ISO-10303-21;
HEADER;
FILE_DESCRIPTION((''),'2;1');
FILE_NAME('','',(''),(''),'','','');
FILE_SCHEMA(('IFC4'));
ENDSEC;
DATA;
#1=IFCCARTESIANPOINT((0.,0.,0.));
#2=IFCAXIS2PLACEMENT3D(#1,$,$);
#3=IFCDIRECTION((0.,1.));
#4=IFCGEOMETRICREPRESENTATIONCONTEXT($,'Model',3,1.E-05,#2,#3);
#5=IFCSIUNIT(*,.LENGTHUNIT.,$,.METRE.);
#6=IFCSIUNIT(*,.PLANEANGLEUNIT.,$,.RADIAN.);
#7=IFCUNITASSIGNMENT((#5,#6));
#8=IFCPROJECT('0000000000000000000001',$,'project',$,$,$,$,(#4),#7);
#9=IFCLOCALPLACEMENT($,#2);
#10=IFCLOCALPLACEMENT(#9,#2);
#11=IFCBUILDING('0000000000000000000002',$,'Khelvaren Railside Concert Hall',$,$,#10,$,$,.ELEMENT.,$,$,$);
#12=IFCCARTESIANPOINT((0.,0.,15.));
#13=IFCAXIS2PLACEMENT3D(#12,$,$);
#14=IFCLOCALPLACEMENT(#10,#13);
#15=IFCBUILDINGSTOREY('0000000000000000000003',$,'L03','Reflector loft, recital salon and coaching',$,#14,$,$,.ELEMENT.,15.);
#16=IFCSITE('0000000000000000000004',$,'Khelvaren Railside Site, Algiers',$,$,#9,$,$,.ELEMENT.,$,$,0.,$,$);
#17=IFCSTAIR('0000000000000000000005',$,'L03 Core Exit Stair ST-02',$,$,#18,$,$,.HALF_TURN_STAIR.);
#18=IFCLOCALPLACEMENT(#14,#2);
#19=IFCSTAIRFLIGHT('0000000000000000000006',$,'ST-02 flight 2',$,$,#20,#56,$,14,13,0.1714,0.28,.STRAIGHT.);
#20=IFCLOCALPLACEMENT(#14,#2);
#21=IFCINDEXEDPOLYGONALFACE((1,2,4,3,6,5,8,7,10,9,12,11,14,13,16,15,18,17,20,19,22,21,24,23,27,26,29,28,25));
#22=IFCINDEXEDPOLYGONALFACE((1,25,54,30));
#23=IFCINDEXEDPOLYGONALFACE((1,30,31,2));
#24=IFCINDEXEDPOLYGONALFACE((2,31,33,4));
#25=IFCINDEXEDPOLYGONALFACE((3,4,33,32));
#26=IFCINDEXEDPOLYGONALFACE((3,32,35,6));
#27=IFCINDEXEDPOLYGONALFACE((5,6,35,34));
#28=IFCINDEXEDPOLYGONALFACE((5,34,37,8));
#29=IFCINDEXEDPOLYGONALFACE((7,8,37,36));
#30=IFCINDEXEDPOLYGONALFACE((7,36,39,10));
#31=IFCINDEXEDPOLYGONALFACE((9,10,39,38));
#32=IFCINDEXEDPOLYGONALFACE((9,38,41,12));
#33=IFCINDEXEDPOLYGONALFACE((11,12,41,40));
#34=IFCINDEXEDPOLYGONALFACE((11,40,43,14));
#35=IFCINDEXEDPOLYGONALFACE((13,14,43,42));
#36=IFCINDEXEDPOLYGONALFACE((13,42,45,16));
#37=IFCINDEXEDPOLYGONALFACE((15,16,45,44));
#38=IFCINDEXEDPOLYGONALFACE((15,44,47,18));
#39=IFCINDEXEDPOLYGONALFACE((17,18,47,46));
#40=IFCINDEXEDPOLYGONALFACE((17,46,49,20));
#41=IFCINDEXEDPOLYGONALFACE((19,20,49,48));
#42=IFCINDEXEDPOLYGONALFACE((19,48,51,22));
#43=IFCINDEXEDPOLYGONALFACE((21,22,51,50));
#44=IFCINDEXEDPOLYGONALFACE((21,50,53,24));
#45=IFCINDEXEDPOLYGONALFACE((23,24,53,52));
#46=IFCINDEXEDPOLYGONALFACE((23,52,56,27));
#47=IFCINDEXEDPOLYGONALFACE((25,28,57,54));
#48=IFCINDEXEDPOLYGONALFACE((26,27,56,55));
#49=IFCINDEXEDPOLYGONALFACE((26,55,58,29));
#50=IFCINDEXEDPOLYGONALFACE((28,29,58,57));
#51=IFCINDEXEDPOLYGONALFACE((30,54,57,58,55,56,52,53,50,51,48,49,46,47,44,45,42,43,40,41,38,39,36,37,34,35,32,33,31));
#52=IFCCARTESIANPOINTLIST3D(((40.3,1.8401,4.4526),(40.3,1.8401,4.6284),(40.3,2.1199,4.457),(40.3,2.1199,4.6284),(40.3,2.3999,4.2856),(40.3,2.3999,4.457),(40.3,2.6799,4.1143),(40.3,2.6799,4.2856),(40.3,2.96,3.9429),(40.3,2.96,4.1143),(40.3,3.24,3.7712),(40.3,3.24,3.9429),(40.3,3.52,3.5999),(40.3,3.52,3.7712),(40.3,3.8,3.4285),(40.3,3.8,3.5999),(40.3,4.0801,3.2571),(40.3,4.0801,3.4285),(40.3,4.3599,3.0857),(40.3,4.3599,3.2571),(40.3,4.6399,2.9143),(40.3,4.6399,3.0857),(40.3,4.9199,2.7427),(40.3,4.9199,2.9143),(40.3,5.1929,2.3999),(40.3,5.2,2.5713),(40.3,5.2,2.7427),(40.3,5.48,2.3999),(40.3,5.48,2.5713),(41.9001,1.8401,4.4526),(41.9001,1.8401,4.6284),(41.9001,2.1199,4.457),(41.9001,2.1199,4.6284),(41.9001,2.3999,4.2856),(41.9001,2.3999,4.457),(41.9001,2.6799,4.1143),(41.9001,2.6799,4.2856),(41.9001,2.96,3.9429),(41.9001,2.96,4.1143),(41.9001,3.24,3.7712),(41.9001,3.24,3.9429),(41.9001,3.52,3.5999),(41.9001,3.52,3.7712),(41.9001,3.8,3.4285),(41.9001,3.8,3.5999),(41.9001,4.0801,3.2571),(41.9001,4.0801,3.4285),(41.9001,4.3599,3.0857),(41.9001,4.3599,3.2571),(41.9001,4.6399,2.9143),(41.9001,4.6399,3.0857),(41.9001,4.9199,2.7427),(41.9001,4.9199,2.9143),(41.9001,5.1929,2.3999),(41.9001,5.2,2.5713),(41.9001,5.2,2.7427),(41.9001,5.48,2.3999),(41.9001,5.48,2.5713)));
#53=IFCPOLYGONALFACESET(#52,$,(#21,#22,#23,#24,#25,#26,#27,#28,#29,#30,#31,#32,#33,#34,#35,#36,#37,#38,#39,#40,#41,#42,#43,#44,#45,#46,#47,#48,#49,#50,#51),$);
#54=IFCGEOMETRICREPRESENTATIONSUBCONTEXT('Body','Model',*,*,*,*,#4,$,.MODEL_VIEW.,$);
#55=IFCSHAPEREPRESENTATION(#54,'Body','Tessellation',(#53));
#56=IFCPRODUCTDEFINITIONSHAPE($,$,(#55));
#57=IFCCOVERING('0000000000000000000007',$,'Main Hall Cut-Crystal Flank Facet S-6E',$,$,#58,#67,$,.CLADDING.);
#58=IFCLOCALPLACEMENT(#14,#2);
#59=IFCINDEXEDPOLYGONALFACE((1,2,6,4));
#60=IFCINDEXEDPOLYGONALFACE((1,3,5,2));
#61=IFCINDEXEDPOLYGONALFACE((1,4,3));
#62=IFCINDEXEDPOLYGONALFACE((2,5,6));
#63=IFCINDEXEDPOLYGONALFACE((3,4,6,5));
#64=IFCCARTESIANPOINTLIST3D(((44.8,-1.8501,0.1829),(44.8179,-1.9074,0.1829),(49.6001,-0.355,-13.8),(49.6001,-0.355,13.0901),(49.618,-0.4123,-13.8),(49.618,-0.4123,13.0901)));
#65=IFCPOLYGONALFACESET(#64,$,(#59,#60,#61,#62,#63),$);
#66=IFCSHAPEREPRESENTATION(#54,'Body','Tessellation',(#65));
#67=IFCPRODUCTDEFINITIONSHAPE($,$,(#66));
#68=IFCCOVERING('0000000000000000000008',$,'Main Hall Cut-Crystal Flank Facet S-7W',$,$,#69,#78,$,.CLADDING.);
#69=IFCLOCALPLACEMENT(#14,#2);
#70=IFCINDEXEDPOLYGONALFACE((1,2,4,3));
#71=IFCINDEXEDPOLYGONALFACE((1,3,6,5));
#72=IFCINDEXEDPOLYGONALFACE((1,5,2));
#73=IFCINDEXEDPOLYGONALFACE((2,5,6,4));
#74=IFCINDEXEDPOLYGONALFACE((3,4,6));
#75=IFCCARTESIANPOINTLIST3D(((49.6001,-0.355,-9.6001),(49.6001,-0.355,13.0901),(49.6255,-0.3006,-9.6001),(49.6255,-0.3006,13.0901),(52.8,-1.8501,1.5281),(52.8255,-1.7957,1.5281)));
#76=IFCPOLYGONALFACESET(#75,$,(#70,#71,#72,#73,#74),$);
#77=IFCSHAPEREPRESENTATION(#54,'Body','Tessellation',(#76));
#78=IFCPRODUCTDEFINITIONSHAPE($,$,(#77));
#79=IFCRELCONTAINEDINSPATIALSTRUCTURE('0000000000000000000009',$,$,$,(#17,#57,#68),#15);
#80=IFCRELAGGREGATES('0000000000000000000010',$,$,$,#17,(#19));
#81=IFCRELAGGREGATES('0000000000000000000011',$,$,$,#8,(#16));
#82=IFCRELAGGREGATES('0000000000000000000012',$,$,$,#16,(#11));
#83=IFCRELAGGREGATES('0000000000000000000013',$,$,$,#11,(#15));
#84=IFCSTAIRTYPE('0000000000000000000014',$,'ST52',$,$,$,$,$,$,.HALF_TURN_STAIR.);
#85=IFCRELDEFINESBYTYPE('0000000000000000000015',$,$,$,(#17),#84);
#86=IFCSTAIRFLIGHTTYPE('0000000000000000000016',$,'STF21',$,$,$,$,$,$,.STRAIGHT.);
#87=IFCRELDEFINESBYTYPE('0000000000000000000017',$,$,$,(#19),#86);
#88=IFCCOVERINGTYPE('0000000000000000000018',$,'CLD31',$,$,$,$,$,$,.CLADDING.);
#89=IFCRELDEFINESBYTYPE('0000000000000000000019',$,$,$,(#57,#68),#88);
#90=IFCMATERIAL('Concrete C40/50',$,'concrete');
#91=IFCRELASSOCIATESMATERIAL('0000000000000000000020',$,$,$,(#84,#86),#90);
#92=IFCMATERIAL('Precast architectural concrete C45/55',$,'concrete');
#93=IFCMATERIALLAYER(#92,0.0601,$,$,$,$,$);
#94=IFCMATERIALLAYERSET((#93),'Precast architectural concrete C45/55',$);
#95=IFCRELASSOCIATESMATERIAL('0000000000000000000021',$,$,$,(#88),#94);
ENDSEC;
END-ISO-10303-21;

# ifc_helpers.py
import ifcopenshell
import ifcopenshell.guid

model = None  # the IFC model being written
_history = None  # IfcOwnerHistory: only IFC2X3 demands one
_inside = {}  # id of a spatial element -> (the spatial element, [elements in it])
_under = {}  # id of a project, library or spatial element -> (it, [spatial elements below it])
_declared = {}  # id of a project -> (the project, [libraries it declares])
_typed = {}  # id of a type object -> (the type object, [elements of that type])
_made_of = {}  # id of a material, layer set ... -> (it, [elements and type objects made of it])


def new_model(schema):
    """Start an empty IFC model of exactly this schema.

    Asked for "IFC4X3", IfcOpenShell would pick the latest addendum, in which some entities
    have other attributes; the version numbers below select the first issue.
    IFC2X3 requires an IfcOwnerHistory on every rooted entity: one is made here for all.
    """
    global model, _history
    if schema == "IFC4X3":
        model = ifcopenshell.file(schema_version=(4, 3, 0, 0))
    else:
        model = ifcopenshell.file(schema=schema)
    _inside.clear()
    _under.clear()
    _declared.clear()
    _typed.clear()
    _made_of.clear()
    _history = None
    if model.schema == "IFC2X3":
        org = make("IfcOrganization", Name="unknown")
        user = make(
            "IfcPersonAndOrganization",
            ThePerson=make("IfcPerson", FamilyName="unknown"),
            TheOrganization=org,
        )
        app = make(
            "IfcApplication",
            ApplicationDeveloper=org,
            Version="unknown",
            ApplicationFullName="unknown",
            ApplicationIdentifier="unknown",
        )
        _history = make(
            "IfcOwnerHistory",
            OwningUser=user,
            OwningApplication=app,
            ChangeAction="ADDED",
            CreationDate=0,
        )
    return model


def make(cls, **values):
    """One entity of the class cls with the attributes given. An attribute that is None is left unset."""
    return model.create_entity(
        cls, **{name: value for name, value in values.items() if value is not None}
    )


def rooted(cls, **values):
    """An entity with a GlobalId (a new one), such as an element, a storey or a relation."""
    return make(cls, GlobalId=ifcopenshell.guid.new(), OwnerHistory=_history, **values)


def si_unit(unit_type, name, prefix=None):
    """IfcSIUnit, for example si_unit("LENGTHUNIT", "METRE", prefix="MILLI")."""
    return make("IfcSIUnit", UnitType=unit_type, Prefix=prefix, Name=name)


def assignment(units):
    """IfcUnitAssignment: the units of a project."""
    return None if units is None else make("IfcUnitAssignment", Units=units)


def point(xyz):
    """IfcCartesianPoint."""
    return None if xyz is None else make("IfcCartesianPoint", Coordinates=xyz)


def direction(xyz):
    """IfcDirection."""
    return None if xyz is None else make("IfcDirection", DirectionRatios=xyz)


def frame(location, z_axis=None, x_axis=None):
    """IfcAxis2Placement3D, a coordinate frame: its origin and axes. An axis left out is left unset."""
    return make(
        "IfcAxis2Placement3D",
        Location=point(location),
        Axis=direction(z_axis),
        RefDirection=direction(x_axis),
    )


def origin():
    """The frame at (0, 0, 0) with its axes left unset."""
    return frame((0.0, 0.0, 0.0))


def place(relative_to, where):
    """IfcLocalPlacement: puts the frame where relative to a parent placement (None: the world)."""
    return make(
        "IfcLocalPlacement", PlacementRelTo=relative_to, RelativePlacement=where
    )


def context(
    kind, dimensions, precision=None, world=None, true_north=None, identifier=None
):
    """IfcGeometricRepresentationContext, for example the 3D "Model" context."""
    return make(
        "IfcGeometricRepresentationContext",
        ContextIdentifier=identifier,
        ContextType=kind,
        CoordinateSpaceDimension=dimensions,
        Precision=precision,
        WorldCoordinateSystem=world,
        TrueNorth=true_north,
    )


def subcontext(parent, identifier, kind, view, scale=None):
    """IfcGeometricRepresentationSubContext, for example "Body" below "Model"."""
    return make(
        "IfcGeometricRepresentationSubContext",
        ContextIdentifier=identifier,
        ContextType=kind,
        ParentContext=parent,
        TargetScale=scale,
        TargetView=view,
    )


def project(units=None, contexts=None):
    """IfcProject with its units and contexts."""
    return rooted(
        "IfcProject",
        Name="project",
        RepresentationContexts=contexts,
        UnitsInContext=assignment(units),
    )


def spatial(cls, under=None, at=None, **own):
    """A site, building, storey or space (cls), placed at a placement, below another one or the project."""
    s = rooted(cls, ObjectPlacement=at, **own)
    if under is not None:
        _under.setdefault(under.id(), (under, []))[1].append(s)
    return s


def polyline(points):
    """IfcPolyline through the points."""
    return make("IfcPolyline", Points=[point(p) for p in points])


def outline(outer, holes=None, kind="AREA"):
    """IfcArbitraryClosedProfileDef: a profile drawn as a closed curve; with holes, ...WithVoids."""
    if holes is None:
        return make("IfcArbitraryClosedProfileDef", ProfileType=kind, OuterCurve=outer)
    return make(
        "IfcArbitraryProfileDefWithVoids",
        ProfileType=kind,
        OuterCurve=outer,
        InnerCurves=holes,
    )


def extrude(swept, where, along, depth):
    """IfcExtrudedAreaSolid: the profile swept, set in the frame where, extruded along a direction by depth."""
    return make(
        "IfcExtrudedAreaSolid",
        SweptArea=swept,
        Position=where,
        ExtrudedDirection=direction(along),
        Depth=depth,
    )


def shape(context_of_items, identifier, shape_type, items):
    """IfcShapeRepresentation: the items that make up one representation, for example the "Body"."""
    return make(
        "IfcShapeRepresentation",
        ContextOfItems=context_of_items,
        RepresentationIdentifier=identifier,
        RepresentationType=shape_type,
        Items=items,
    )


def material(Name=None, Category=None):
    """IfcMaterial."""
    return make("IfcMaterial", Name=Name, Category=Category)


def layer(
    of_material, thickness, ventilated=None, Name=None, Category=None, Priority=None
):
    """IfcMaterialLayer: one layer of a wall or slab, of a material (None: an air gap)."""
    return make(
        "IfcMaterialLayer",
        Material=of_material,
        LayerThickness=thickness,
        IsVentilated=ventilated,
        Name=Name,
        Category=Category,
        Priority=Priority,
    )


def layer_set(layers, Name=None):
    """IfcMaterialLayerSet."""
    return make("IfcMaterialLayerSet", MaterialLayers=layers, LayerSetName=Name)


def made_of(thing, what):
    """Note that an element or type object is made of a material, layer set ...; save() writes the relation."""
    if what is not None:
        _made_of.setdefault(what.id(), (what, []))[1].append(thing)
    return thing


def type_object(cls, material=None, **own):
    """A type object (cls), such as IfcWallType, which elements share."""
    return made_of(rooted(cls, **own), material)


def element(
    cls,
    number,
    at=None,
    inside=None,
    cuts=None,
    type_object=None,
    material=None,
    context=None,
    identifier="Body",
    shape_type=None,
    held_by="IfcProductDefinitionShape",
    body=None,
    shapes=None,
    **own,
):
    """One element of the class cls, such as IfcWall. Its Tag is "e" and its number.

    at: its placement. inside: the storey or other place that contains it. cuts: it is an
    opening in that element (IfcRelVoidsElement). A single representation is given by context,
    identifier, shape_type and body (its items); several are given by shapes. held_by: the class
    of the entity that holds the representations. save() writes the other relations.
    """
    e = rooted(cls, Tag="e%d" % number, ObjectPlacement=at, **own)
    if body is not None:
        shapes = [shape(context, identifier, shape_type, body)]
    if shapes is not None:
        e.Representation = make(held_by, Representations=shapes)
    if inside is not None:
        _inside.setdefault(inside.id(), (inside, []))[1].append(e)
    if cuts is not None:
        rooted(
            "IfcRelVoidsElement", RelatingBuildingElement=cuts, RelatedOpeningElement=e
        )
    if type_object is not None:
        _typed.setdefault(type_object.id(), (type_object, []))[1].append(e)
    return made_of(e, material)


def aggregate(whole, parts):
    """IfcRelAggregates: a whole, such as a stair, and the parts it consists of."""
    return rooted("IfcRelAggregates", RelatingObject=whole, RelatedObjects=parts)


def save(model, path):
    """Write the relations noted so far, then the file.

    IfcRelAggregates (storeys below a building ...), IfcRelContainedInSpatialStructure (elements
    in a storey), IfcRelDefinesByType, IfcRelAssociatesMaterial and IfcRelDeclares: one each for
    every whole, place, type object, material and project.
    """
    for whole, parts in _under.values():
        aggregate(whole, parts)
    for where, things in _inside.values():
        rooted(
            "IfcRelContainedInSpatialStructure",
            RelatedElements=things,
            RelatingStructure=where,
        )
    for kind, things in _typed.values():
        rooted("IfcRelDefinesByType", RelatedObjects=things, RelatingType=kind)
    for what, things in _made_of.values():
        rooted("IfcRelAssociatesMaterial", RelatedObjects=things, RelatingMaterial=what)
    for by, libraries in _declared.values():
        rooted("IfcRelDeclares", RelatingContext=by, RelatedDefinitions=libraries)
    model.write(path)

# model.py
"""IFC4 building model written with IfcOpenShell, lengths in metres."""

from ifc_helpers import new_model, si_unit, direction, frame, origin, place, context, subcontext, project, spatial, polyline, outline, extrude, material, layer, layer_set, type_object, element, aggregate, save


model = new_model("IFC4")

# Units and contexts
model_context = context("Model", 3, precision=1e-05, world=origin(), true_north=direction((0.0, 1.0)))
body_context = subcontext(model_context, "Body", "Model", "MODEL_VIEW")
ifc_project = project(units=[si_unit("LENGTHUNIT", "METRE"), si_unit("PLANEANGLEUNIT", "RADIAN")], contexts=[model_context])

# Site, building, storey
site_placement = place(None, origin())
site = spatial("IfcSite", under=ifc_project, at=site_placement, Name="Khelvaren Railside Site, Algiers", CompositionType="ELEMENT", RefElevation=0.0)
building_placement = place(site_placement, origin())
building = spatial("IfcBuilding", under=site, at=building_placement, Name="Khelvaren Railside Concert Hall", CompositionType="ELEMENT")
storey_placement = place(building_placement, frame((0.0, 0.0, 15.0)))
storey = spatial("IfcBuildingStorey", under=building, at=storey_placement, Name="L03", Description="Reflector loft, recital salon and coaching", CompositionType="ELEMENT", Elevation=15.0)

# Shared definitions
ifc_material_1 = material(Name="Concrete C40/50", Category="concrete")

# Stair, stair flight
stair_type = type_object("IfcStairType", Name="ST52", PredefinedType="HALF_TURN_STAIR", material=ifc_material_1)
stair_placement = place(storey_placement, origin())
stair = element("IfcStair", 1, at=stair_placement, inside=storey, type_object=stair_type, Name="L03 Core Exit Stair ST-02", PredefinedType="HALF_TURN_STAIR")
stair_flight_type = type_object("IfcStairFlightType", Name="STF21", PredefinedType="STRAIGHT", material=ifc_material_1)
stair_flight_1_placement = place(storey_placement, frame((41.1001, 5.48, 2.3999), z_axis=(0.0, 0.0, 1.0), x_axis=(0.0, -1.0, 0.0)))
stair_flight_1 = element("IfcStairFlight", 2, at=stair_flight_1_placement, type_object=stair_flight_type, Name="ST-02 flight 2", NumberOfRisers=14, NumberOfTreads=13, PredefinedType="STRAIGHT", RiserHeight=0.1714, TreadLength=0.28, context=body_context, shape_type="SweptSolid", body=[
    extrude(outline(polyline([(0.0, 0.0), (0.0, 0.1714), (0.28, 0.1714), (0.28, 0.3428), (0.5601, 0.3428), (0.5601, 0.5144), (0.8401, 0.5144), (0.8401, 0.6858), (1.1201, 0.6858), (1.1201, 0.8572), (1.3999, 0.8572), (1.3999, 1.0286), (1.6799, 1.0286), (1.6799, 1.2), (1.96, 1.2), (1.96, 1.3713), (2.24, 1.3713), (2.24, 1.543), (2.52, 1.543), (2.52, 1.7144), (2.8, 1.7144), (2.8, 1.8857), (3.0801, 1.8857), (3.0801, 2.0571), (3.3601, 2.0571), (3.3601, 2.2285), (3.6399, 2.2285), (3.6399, 2.3999), (3.6399, 2.0527), (0.2871, 0.0), (0.0, 0.0)])), frame((0.0, 0.8, 0.0), z_axis=(0.0, -1.0, 0.0), x_axis=(1.0, 0.0, 0.0)), (0.0, 0.0, 1.0), 1.6001),
])
aggregate(stair, [stair_flight_1])

# Coverings
ifc_material_2 = material(Name="Precast architectural concrete C45/55", Category="concrete")
ifc_layer_1 = layer(ifc_material_2, 0.0601)
ifc_layer_set_1 = layer_set([ifc_layer_1], Name="Precast architectural concrete C45/55")
covering_type = type_object("IfcCoveringType", Name="CLD31", PredefinedType="CLADDING", material=ifc_layer_set_1)
covering_1_placement = place(storey_placement, frame((49.6001, -0.355, 13.0901), z_axis=(-0.297387, 0.954757, 0.0), x_axis=(0.0, 0.0, -1.0)))
element("IfcCovering", 3, at=covering_1_placement, inside=storey, type_object=covering_type, Name="Main Hall Cut-Crystal Flank Facet S-6E", PredefinedType="CLADDING", context=body_context, shape_type="SweptSolid", body=[
    extrude(outline(polyline([(0.0, 0.0), (26.8901, 0.0), (12.9072, 5.0275), (0.0, 0.0)])), origin(), (0.0, 0.0, -1.0), 0.0601),
])
covering_2_placement = place(storey_placement, frame((49.6001, -0.355, 13.0901), z_axis=(-0.423305, -0.905987, 0.0), x_axis=(0.0, 0.0, -1.0)))
element("IfcCovering", 4, at=covering_2_placement, inside=storey, type_object=covering_type, Name="Main Hall Cut-Crystal Flank Facet S-7W", PredefinedType="CLADDING", context=body_context, shape_type="SweptSolid", body=[
    extrude(outline(polyline([(0.0, 0.0), (22.6902, 0.0), (11.562, 3.532), (0.0, 0.0)])), origin(), (0.0, 0.0, -1.0), 0.0601),
])

save(model, "model.ifc")
